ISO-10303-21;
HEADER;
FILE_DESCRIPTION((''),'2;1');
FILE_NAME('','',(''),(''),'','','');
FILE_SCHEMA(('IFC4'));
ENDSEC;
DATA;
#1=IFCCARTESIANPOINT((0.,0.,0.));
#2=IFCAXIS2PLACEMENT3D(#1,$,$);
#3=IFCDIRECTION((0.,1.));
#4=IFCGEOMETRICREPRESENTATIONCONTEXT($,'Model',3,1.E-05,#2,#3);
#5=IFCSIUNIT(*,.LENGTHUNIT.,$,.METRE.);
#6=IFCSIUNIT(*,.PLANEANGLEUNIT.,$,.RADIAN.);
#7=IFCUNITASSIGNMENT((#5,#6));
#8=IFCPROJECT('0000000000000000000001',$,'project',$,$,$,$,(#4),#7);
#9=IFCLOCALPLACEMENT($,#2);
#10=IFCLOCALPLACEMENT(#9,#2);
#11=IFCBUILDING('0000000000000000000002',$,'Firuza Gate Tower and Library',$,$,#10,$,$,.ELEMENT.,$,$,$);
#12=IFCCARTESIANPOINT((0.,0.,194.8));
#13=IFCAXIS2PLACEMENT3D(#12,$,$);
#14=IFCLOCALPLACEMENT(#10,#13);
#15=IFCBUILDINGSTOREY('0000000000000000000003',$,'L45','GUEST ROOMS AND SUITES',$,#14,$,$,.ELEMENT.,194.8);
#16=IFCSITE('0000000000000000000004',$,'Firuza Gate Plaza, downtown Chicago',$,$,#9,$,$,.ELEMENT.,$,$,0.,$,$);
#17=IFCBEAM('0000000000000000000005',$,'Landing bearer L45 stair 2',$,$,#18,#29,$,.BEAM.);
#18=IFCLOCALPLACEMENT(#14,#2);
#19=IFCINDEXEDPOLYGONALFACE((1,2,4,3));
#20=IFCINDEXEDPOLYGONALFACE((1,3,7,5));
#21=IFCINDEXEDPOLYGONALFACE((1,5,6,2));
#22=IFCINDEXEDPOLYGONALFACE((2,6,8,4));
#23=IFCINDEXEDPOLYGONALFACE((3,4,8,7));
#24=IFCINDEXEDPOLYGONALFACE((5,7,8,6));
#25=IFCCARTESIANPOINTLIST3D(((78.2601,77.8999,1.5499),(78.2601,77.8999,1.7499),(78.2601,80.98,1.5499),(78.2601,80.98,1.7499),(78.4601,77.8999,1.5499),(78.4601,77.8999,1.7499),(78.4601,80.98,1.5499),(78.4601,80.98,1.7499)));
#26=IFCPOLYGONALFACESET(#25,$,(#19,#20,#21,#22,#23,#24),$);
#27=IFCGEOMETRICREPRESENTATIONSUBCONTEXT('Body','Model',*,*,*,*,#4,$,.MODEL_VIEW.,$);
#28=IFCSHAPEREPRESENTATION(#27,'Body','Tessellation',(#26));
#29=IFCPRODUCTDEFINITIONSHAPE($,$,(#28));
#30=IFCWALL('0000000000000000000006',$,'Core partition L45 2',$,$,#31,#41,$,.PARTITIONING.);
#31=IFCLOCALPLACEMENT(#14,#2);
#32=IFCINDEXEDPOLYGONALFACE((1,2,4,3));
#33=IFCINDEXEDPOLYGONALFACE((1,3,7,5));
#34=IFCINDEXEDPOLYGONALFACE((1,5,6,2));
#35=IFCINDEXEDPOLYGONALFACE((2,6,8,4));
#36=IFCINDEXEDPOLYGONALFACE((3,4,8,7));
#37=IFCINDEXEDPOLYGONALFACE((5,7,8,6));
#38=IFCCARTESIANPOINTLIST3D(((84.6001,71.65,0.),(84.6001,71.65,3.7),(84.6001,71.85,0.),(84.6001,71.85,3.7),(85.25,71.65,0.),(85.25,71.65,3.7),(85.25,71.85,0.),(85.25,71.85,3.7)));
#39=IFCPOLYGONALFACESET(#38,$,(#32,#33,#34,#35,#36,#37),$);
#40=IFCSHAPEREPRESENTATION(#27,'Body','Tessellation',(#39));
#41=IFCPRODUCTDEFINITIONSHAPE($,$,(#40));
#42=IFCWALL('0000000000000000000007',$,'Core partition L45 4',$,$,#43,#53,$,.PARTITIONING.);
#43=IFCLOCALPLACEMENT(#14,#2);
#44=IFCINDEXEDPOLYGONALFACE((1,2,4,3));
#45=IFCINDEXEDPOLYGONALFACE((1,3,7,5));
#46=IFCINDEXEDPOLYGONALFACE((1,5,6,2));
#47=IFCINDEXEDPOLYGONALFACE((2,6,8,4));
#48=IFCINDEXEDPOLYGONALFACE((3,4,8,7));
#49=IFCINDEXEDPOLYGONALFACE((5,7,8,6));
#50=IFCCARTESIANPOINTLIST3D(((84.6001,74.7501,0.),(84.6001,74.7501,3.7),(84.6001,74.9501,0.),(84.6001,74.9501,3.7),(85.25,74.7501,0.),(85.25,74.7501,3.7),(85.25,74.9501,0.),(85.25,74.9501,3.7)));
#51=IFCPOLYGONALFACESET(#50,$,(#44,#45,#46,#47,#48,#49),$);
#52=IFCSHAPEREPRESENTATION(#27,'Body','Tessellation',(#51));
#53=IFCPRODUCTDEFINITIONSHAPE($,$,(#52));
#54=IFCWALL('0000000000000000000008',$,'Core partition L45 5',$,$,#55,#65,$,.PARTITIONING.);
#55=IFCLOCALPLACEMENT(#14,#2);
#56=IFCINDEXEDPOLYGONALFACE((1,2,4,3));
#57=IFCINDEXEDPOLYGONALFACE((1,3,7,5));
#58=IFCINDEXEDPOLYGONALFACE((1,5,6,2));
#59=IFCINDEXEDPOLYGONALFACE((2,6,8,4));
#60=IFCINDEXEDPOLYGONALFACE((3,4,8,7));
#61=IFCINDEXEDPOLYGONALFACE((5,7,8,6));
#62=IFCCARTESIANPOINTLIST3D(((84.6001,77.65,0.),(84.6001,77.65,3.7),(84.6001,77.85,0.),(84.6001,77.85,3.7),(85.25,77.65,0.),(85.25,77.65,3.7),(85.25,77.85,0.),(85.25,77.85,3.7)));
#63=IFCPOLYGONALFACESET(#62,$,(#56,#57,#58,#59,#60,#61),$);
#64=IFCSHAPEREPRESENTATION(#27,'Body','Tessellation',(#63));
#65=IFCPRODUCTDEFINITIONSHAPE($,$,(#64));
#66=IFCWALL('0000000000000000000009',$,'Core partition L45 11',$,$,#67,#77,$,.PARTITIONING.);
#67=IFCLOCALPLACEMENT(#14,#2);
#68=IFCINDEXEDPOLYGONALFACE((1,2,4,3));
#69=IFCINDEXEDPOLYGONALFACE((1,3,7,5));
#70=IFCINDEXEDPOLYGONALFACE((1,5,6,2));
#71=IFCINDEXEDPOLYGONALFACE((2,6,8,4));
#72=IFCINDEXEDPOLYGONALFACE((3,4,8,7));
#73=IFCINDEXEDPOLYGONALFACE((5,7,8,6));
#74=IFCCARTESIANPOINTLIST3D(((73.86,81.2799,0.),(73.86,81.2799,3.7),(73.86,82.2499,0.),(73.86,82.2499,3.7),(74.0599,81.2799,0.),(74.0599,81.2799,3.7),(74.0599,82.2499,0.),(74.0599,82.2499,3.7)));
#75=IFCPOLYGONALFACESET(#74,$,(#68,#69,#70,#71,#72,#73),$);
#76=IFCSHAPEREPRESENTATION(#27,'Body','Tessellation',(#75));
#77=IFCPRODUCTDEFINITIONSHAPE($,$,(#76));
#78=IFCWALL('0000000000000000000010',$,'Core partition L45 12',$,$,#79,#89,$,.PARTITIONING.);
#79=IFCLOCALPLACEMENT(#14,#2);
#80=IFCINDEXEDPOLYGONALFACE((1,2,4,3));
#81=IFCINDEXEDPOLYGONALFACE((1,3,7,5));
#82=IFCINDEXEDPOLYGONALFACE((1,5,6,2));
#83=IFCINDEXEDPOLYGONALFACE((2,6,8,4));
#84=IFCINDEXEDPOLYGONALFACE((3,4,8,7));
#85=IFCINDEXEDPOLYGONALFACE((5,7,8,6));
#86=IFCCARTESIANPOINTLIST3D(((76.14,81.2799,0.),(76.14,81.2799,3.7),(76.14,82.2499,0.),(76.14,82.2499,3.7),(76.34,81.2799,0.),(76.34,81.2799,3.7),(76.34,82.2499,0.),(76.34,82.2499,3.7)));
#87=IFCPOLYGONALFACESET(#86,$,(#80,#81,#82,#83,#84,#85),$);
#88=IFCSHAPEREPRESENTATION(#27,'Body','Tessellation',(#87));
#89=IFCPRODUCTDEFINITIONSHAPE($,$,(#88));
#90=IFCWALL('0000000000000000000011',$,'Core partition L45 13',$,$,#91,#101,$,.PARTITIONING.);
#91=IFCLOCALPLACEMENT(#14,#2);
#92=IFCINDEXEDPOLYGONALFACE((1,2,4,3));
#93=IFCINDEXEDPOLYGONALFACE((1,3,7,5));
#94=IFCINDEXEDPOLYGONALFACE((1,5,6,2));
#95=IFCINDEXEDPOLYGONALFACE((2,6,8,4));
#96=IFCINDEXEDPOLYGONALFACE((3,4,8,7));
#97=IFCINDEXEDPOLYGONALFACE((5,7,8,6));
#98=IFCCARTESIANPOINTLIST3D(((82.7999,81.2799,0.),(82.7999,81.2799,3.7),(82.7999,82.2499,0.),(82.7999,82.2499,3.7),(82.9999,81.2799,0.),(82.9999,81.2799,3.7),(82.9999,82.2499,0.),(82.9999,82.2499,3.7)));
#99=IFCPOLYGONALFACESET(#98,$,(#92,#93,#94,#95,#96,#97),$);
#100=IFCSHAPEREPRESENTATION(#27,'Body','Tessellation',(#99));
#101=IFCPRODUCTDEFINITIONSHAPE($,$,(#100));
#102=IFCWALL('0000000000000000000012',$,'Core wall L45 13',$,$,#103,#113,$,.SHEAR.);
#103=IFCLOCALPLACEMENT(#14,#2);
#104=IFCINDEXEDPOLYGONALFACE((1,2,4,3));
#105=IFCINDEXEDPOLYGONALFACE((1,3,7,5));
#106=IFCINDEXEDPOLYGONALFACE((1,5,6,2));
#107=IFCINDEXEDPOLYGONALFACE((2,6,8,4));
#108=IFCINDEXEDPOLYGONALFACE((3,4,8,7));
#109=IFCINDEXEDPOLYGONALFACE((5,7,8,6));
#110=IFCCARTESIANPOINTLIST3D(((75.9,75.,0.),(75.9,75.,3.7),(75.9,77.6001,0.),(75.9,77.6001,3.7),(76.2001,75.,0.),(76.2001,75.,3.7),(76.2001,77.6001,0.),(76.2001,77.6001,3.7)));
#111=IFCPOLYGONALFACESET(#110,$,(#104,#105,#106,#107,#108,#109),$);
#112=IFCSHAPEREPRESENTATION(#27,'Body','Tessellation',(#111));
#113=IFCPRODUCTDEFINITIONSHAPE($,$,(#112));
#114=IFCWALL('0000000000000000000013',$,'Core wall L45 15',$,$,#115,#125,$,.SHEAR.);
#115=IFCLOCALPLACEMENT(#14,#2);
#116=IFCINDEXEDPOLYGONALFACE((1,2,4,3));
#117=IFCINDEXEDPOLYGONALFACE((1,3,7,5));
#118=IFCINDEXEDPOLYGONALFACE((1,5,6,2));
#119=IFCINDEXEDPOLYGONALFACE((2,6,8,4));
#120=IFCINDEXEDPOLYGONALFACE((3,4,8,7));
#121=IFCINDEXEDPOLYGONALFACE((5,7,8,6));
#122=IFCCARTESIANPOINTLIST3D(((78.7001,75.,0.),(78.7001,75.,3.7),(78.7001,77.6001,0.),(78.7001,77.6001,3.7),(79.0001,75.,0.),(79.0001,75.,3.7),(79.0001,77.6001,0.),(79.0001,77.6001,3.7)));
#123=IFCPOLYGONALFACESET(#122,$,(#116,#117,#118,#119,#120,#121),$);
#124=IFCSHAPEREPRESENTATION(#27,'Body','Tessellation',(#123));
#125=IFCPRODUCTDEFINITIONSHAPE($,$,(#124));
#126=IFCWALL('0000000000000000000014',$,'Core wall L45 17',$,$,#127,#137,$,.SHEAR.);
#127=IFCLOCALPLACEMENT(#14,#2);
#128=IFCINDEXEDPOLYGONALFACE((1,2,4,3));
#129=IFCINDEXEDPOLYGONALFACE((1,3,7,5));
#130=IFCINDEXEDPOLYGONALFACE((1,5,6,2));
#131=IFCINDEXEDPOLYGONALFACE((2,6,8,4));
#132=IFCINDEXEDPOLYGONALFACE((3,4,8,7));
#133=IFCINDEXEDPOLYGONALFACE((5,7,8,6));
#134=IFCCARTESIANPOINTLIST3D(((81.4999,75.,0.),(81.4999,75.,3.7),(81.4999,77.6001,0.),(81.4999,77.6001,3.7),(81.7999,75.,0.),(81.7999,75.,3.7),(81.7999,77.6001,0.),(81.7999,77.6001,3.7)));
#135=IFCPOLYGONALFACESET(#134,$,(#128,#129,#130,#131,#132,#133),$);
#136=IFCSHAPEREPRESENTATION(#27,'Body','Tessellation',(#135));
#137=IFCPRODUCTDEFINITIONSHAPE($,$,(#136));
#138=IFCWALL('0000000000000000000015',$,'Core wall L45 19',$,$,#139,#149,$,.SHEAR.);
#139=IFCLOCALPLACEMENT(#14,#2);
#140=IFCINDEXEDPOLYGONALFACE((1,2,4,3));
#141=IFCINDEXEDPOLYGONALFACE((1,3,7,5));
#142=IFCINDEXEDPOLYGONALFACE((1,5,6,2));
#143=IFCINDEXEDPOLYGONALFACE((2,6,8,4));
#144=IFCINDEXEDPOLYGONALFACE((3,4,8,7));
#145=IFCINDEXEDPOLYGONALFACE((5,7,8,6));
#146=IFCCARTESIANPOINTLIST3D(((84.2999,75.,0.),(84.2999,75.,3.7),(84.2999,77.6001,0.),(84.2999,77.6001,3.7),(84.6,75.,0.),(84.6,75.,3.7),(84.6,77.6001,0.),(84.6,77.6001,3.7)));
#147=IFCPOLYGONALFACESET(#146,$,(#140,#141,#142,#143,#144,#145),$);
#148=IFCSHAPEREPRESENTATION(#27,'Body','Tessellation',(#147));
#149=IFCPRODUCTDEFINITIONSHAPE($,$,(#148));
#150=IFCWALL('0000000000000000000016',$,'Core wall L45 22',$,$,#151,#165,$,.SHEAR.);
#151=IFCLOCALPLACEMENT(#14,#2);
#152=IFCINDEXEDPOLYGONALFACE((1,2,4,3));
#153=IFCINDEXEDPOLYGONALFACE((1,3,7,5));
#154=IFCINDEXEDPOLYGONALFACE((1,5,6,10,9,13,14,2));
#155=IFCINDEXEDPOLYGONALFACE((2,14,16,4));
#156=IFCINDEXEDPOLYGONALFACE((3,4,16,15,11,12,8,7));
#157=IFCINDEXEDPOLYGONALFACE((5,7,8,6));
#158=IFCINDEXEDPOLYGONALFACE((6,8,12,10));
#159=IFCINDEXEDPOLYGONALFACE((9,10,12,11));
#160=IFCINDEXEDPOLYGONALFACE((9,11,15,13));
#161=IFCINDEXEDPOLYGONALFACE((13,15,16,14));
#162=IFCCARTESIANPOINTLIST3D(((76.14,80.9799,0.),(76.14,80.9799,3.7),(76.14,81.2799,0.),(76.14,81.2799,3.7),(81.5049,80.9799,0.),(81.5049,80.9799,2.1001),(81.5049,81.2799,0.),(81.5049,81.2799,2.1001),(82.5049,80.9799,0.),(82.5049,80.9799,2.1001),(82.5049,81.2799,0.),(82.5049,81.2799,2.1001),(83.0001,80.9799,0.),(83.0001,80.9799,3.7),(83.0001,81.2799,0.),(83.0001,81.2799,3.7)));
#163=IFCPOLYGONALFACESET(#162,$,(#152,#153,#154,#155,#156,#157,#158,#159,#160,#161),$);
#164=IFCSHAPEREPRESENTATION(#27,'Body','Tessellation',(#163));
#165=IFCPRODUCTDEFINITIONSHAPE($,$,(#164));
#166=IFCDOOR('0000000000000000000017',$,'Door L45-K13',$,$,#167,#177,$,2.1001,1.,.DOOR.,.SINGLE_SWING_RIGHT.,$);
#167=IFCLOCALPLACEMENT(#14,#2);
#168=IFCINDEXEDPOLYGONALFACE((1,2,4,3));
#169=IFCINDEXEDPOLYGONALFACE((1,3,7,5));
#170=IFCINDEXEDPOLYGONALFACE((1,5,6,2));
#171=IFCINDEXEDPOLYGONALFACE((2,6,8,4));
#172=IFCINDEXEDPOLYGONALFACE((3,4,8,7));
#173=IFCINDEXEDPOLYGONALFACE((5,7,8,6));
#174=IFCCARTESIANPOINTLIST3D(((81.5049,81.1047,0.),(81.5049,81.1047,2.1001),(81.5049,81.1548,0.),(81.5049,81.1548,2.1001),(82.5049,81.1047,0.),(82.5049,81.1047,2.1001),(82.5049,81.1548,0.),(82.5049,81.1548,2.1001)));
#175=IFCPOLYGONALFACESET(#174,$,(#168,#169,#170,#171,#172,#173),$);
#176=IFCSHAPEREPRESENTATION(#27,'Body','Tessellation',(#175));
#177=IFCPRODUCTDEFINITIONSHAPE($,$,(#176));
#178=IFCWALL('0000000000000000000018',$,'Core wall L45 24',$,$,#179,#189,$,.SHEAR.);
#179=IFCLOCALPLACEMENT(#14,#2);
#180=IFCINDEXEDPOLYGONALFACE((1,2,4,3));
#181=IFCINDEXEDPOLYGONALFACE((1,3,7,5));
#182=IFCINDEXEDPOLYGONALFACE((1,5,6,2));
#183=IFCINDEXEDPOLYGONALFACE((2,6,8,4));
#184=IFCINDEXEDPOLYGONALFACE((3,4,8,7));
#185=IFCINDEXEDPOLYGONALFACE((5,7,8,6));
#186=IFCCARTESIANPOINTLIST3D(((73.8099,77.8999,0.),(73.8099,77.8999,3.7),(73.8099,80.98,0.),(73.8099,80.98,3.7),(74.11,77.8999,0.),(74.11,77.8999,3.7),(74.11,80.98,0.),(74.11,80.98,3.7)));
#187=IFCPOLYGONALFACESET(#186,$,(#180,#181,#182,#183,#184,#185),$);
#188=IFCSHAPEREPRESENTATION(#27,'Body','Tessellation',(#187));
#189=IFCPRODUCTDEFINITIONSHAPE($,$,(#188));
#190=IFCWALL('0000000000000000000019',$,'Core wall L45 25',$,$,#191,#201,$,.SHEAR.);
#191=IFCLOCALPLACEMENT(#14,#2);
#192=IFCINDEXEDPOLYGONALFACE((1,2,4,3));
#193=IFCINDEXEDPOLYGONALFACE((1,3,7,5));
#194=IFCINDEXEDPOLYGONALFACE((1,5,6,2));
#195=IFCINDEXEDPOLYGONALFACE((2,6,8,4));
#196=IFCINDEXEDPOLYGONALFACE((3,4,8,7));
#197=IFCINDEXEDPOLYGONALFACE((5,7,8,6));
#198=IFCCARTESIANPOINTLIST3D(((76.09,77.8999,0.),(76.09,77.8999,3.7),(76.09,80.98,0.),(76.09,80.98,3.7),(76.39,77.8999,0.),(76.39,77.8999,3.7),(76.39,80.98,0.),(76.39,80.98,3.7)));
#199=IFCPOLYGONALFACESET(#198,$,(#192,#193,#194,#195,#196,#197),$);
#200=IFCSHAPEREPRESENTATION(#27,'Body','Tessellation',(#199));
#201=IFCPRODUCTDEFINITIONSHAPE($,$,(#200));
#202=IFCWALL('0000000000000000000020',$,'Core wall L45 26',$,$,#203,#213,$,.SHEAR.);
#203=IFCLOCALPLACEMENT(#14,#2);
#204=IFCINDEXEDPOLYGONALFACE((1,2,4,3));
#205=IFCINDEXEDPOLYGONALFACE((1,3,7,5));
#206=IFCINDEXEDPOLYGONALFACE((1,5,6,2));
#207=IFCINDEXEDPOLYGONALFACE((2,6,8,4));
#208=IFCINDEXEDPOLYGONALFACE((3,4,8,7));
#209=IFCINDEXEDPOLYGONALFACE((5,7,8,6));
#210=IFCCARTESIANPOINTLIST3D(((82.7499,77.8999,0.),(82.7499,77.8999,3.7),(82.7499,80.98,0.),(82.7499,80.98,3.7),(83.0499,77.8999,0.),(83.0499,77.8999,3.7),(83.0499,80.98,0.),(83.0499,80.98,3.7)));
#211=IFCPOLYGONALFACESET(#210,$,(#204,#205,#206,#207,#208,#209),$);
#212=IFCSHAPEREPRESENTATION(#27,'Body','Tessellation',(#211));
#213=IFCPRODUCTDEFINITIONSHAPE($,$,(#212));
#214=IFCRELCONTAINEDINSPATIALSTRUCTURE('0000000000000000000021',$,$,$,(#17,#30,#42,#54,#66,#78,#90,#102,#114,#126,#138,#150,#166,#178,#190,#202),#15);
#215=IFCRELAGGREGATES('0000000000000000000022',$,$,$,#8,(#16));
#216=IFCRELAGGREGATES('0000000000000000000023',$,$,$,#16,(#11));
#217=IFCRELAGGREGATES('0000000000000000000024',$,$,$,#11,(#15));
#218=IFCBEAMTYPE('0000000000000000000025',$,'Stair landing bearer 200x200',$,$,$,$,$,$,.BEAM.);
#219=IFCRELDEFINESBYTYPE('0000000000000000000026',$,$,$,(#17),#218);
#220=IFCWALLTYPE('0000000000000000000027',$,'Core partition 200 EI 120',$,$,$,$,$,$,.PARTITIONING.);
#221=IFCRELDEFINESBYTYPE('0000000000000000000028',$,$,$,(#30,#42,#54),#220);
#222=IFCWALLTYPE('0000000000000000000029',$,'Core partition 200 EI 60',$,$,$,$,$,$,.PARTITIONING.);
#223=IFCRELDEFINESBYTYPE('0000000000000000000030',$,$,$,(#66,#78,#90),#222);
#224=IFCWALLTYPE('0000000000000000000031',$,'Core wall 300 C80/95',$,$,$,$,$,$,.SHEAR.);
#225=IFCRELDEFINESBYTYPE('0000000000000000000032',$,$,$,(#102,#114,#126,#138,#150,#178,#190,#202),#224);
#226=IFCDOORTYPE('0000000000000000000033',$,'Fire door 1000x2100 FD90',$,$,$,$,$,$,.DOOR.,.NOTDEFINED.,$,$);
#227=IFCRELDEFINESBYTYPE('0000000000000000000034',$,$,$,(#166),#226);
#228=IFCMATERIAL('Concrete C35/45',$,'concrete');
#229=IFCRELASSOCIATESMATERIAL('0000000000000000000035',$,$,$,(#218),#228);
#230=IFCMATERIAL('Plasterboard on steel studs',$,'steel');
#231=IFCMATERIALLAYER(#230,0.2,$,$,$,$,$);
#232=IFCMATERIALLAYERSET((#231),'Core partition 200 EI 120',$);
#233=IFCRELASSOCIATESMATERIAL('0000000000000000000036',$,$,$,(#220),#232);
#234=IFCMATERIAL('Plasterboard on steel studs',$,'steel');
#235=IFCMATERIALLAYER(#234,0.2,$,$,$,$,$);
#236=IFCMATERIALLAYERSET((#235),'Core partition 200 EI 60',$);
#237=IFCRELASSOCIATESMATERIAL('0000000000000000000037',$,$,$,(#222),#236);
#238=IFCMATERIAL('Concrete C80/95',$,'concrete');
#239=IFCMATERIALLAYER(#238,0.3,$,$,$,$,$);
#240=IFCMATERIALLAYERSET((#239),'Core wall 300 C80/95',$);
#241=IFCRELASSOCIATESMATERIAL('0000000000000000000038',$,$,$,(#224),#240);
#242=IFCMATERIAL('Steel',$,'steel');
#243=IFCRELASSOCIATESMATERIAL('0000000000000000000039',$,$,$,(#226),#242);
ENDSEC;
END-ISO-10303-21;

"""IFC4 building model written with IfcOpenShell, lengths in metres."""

from ifc_helpers import new_model, si_unit, direction, frame, frame_2d, origin, origin_2d, place, context, subcontext, project, spatial, rectangle, extrude, material, layer, layer_set, material_profile, profile_set, type_object, element, fill, save


model = new_model("IFC4")

# Units and contexts
model_context = context("Model", 3, precision=1e-05, world=origin(), true_north=direction((0.0, 1.0)))
body_context = subcontext(model_context, "Body", "Model", "MODEL_VIEW")
ifc_project = project(units=[si_unit("LENGTHUNIT", "METRE"), si_unit("PLANEANGLEUNIT", "RADIAN")], contexts=[model_context])

# Site, building, storey
site_placement = place(None, origin())
site = spatial("IfcSite", under=ifc_project, at=site_placement, Name="Firuza Gate Plaza, downtown Chicago", CompositionType="ELEMENT", RefElevation=0.0)
building_placement = place(site_placement, origin())
building = spatial("IfcBuilding", under=site, at=building_placement, Name="Firuza Gate Tower and Library", CompositionType="ELEMENT")
storey_placement = place(building_placement, frame((0.0, 0.0, 194.8)))
storey = spatial("IfcBuildingStorey", under=building, at=storey_placement, Name="L45", Description="GUEST ROOMS AND SUITES", CompositionType="ELEMENT", Elevation=194.8)

# Beam
ifc_material_1 = material(Name="Concrete C35/45", Category="concrete")
ifc_material_profile = material_profile(ifc_material_1, rectangle(XDim=0.2, YDim=0.2, at=origin_2d()))
ifc_profile_set = profile_set([ifc_material_profile], Name="Concrete C35/45")
beam_type = type_object("IfcBeamType", Name="Stair landing bearer 200x200", PredefinedType="BEAM", material=ifc_profile_set)
beam_placement = place(storey_placement, frame((78.3601, 80.98, 1.6499), z_axis=(0.0, -1.0, 0.0), x_axis=(1.0, 0.0, 0.0)))
element("IfcBeam", 1, at=beam_placement, inside=storey, type_object=beam_type, Name="Landing bearer L45 stair 2", PredefinedType="BEAM", context=body_context, shape_type="SweptSolid", body=[
    extrude(rectangle(XDim=0.2, YDim=0.2, at=origin_2d()), origin(), (0.0, 0.0, 1.0), 3.0801),
])

# Walls
ifc_material_2 = material(Name="Plasterboard on steel studs", Category="steel")
ifc_layer_1 = layer(ifc_material_2, 0.2)
ifc_layer_set_1 = layer_set([ifc_layer_1], Name="Core partition 200 EI 120")
wall_type_1 = type_object("IfcWallType", Name="Core partition 200 EI 120", PredefinedType="PARTITIONING", material=ifc_layer_set_1)
for number, where, z_axis, x_axis, name in (
    (2, (84.6001, 71.75, 0.0), (0.0, 0.0, 1.0), (1.0, 0.0, 0.0), "Core partition L45 2"),
    (3, (84.6001, 74.8501, 0.0), (0.0, 0.0, 1.0), (1.0, 0.0, 0.0), "Core partition L45 4"),
    (4, (84.6001, 77.75, 0.0), (0.0, 0.0, 1.0), (1.0, 0.0, 0.0), "Core partition L45 5"),
):
    element("IfcWall", number, at=place(storey_placement, frame(where, z_axis=z_axis, x_axis=x_axis)), inside=storey, type_object=wall_type_1, Name=name, PredefinedType="PARTITIONING", context=body_context, shape_type="SweptSolid", body=[
        extrude(rectangle(XDim=0.6499, YDim=0.2, at=frame_2d((0.325, 0.0))), origin(), (0.0, 0.0, 1.0), 3.7),
    ])
ifc_material_3 = material(Name="Plasterboard on steel studs", Category="steel")
ifc_layer_2 = layer(ifc_material_3, 0.2)
ifc_layer_set_2 = layer_set([ifc_layer_2], Name="Core partition 200 EI 60")
wall_type_2 = type_object("IfcWallType", Name="Core partition 200 EI 60", PredefinedType="PARTITIONING", material=ifc_layer_set_2)
for number, where, z_axis, x_axis, name in (
    (5, (73.96, 81.28, 0.0), (0.0, 0.0, 1.0), (0.0, 1.0, 0.0), "Core partition L45 11"),
    (6, (76.24, 81.28, 0.0), (0.0, 0.0, 1.0), (0.0, 1.0, 0.0), "Core partition L45 12"),
    (7, (82.8999, 81.28, 0.0), (0.0, 0.0, 1.0), (0.0, 1.0, 0.0), "Core partition L45 13"),
):
    element("IfcWall", number, at=place(storey_placement, frame(where, z_axis=z_axis, x_axis=x_axis)), inside=storey, type_object=wall_type_2, Name=name, PredefinedType="PARTITIONING", context=body_context, shape_type="SweptSolid", body=[
        extrude(rectangle(XDim=0.97, YDim=0.2, at=frame_2d((0.4849, 0.0))), origin(), (0.0, 0.0, 1.0), 3.7),
    ])
ifc_material_4 = material(Name="Concrete C80/95", Category="concrete")
ifc_layer_3 = layer(ifc_material_4, 0.3)
ifc_layer_set_3 = layer_set([ifc_layer_3], Name="Core wall 300 C80/95")
wall_type_3 = type_object("IfcWallType", Name="Core wall 300 C80/95", PredefinedType="SHEAR", material=ifc_layer_set_3)
for number, where, z_axis, x_axis, name in (
    (8, (76.05, 75.0, 0.0), (0.0, 0.0, 1.0), (0.0, 1.0, 0.0), "Core wall L45 13"),
    (9, (78.8501, 75.0, 0.0), (0.0, 0.0, 1.0), (0.0, 1.0, 0.0), "Core wall L45 15"),
    (10, (81.6499, 75.0, 0.0), (0.0, 0.0, 1.0), (0.0, 1.0, 0.0), "Core wall L45 17"),
    (11, (84.45, 75.0, 0.0), (0.0, 0.0, 1.0), (0.0, 1.0, 0.0), "Core wall L45 19"),
):
    element("IfcWall", number, at=place(storey_placement, frame(where, z_axis=z_axis, x_axis=x_axis)), inside=storey, type_object=wall_type_3, Name=name, PredefinedType="SHEAR", context=body_context, shape_type="SweptSolid", body=[
        extrude(rectangle(XDim=2.6001, YDim=0.3, at=frame_2d((1.3, 0.0))), origin(), (0.0, 0.0, 1.0), 3.7),
    ])

# Wall, opening, door
wall_1_placement = place(storey_placement, frame((76.1399, 81.1299, 0.0), z_axis=(0.0, 0.0, 1.0), x_axis=(1.0, 0.0, 0.0)))
wall_1 = element("IfcWall", 12, at=wall_1_placement, inside=storey, type_object=wall_type_3, Name="Core wall L45 22", PredefinedType="SHEAR", context=body_context, shape_type="SweptSolid", body=[
    extrude(rectangle(XDim=6.8601, YDim=0.3, at=frame_2d((3.4302, 0.0))), origin(), (0.0, 0.0, 1.0), 3.7),
])
opening_1_placement = place(wall_1_placement, frame((5.365, 0.0, 0.0)))
opening_1 = element("IfcOpeningElement", 13, at=opening_1_placement, cuts=wall_1, PredefinedType="OPENING", context=body_context, shape_type="SweptSolid", body=[
    extrude(rectangle(XDim=1.0, YDim=2.1001, at=frame_2d((0.5, 1.05))), frame((0.0, 0.1602, 0.0), z_axis=(0.0, -1.0, 0.0), x_axis=(1.0, 0.0, 0.0)), (0.0, 0.0, 1.0), 0.3201),
])
ifc_material_5 = material(Name="Steel", Category="steel")
door_type_1 = type_object("IfcDoorType", Name="Fire door 1000x2100 FD90", OperationType="NOTDEFINED", PredefinedType="DOOR", material=ifc_material_5)
door_1_placement = place(opening_1_placement, origin())
door_1 = element("IfcDoor", 14, at=door_1_placement, inside=storey, type_object=door_type_1, Name="Door L45-K13", OperationType="SINGLE_SWING_RIGHT", OverallHeight=2.1001, OverallWidth=1.0, PredefinedType="DOOR", context=body_context, shape_type="SweptSolid", body=[
    extrude(rectangle(XDim=1.0, YDim=2.1001, at=frame_2d((0.5, 1.05))), frame((0.0, 0.0249, 0.0), z_axis=(0.0, -1.0, 0.0), x_axis=(1.0, 0.0, 0.0)), (0.0, 0.0, 1.0), 0.05),
])
fill(opening_1, door_1)

# Walls
for number, where, z_axis, x_axis, name in (
    (15, (73.96, 77.8999, 0.0), (0.0, 0.0, 1.0), (0.0, 1.0, 0.0), "Core wall L45 24"),
    (16, (76.24, 77.8999, 0.0), (0.0, 0.0, 1.0), (0.0, 1.0, 0.0), "Core wall L45 25"),
    (17, (82.8999, 77.8999, 0.0), (0.0, 0.0, 1.0), (0.0, 1.0, 0.0), "Core wall L45 26"),
):
    element("IfcWall", number, at=place(storey_placement, frame(where, z_axis=z_axis, x_axis=x_axis)), inside=storey, type_object=wall_type_3, Name=name, PredefinedType="SHEAR", context=body_context, shape_type="SweptSolid", body=[
        extrude(rectangle(XDim=3.0801, YDim=0.3, at=frame_2d((1.54, 0.0))), origin(), (0.0, 0.0, 1.0), 3.7),
    ])

save(model, "model.ifc")
